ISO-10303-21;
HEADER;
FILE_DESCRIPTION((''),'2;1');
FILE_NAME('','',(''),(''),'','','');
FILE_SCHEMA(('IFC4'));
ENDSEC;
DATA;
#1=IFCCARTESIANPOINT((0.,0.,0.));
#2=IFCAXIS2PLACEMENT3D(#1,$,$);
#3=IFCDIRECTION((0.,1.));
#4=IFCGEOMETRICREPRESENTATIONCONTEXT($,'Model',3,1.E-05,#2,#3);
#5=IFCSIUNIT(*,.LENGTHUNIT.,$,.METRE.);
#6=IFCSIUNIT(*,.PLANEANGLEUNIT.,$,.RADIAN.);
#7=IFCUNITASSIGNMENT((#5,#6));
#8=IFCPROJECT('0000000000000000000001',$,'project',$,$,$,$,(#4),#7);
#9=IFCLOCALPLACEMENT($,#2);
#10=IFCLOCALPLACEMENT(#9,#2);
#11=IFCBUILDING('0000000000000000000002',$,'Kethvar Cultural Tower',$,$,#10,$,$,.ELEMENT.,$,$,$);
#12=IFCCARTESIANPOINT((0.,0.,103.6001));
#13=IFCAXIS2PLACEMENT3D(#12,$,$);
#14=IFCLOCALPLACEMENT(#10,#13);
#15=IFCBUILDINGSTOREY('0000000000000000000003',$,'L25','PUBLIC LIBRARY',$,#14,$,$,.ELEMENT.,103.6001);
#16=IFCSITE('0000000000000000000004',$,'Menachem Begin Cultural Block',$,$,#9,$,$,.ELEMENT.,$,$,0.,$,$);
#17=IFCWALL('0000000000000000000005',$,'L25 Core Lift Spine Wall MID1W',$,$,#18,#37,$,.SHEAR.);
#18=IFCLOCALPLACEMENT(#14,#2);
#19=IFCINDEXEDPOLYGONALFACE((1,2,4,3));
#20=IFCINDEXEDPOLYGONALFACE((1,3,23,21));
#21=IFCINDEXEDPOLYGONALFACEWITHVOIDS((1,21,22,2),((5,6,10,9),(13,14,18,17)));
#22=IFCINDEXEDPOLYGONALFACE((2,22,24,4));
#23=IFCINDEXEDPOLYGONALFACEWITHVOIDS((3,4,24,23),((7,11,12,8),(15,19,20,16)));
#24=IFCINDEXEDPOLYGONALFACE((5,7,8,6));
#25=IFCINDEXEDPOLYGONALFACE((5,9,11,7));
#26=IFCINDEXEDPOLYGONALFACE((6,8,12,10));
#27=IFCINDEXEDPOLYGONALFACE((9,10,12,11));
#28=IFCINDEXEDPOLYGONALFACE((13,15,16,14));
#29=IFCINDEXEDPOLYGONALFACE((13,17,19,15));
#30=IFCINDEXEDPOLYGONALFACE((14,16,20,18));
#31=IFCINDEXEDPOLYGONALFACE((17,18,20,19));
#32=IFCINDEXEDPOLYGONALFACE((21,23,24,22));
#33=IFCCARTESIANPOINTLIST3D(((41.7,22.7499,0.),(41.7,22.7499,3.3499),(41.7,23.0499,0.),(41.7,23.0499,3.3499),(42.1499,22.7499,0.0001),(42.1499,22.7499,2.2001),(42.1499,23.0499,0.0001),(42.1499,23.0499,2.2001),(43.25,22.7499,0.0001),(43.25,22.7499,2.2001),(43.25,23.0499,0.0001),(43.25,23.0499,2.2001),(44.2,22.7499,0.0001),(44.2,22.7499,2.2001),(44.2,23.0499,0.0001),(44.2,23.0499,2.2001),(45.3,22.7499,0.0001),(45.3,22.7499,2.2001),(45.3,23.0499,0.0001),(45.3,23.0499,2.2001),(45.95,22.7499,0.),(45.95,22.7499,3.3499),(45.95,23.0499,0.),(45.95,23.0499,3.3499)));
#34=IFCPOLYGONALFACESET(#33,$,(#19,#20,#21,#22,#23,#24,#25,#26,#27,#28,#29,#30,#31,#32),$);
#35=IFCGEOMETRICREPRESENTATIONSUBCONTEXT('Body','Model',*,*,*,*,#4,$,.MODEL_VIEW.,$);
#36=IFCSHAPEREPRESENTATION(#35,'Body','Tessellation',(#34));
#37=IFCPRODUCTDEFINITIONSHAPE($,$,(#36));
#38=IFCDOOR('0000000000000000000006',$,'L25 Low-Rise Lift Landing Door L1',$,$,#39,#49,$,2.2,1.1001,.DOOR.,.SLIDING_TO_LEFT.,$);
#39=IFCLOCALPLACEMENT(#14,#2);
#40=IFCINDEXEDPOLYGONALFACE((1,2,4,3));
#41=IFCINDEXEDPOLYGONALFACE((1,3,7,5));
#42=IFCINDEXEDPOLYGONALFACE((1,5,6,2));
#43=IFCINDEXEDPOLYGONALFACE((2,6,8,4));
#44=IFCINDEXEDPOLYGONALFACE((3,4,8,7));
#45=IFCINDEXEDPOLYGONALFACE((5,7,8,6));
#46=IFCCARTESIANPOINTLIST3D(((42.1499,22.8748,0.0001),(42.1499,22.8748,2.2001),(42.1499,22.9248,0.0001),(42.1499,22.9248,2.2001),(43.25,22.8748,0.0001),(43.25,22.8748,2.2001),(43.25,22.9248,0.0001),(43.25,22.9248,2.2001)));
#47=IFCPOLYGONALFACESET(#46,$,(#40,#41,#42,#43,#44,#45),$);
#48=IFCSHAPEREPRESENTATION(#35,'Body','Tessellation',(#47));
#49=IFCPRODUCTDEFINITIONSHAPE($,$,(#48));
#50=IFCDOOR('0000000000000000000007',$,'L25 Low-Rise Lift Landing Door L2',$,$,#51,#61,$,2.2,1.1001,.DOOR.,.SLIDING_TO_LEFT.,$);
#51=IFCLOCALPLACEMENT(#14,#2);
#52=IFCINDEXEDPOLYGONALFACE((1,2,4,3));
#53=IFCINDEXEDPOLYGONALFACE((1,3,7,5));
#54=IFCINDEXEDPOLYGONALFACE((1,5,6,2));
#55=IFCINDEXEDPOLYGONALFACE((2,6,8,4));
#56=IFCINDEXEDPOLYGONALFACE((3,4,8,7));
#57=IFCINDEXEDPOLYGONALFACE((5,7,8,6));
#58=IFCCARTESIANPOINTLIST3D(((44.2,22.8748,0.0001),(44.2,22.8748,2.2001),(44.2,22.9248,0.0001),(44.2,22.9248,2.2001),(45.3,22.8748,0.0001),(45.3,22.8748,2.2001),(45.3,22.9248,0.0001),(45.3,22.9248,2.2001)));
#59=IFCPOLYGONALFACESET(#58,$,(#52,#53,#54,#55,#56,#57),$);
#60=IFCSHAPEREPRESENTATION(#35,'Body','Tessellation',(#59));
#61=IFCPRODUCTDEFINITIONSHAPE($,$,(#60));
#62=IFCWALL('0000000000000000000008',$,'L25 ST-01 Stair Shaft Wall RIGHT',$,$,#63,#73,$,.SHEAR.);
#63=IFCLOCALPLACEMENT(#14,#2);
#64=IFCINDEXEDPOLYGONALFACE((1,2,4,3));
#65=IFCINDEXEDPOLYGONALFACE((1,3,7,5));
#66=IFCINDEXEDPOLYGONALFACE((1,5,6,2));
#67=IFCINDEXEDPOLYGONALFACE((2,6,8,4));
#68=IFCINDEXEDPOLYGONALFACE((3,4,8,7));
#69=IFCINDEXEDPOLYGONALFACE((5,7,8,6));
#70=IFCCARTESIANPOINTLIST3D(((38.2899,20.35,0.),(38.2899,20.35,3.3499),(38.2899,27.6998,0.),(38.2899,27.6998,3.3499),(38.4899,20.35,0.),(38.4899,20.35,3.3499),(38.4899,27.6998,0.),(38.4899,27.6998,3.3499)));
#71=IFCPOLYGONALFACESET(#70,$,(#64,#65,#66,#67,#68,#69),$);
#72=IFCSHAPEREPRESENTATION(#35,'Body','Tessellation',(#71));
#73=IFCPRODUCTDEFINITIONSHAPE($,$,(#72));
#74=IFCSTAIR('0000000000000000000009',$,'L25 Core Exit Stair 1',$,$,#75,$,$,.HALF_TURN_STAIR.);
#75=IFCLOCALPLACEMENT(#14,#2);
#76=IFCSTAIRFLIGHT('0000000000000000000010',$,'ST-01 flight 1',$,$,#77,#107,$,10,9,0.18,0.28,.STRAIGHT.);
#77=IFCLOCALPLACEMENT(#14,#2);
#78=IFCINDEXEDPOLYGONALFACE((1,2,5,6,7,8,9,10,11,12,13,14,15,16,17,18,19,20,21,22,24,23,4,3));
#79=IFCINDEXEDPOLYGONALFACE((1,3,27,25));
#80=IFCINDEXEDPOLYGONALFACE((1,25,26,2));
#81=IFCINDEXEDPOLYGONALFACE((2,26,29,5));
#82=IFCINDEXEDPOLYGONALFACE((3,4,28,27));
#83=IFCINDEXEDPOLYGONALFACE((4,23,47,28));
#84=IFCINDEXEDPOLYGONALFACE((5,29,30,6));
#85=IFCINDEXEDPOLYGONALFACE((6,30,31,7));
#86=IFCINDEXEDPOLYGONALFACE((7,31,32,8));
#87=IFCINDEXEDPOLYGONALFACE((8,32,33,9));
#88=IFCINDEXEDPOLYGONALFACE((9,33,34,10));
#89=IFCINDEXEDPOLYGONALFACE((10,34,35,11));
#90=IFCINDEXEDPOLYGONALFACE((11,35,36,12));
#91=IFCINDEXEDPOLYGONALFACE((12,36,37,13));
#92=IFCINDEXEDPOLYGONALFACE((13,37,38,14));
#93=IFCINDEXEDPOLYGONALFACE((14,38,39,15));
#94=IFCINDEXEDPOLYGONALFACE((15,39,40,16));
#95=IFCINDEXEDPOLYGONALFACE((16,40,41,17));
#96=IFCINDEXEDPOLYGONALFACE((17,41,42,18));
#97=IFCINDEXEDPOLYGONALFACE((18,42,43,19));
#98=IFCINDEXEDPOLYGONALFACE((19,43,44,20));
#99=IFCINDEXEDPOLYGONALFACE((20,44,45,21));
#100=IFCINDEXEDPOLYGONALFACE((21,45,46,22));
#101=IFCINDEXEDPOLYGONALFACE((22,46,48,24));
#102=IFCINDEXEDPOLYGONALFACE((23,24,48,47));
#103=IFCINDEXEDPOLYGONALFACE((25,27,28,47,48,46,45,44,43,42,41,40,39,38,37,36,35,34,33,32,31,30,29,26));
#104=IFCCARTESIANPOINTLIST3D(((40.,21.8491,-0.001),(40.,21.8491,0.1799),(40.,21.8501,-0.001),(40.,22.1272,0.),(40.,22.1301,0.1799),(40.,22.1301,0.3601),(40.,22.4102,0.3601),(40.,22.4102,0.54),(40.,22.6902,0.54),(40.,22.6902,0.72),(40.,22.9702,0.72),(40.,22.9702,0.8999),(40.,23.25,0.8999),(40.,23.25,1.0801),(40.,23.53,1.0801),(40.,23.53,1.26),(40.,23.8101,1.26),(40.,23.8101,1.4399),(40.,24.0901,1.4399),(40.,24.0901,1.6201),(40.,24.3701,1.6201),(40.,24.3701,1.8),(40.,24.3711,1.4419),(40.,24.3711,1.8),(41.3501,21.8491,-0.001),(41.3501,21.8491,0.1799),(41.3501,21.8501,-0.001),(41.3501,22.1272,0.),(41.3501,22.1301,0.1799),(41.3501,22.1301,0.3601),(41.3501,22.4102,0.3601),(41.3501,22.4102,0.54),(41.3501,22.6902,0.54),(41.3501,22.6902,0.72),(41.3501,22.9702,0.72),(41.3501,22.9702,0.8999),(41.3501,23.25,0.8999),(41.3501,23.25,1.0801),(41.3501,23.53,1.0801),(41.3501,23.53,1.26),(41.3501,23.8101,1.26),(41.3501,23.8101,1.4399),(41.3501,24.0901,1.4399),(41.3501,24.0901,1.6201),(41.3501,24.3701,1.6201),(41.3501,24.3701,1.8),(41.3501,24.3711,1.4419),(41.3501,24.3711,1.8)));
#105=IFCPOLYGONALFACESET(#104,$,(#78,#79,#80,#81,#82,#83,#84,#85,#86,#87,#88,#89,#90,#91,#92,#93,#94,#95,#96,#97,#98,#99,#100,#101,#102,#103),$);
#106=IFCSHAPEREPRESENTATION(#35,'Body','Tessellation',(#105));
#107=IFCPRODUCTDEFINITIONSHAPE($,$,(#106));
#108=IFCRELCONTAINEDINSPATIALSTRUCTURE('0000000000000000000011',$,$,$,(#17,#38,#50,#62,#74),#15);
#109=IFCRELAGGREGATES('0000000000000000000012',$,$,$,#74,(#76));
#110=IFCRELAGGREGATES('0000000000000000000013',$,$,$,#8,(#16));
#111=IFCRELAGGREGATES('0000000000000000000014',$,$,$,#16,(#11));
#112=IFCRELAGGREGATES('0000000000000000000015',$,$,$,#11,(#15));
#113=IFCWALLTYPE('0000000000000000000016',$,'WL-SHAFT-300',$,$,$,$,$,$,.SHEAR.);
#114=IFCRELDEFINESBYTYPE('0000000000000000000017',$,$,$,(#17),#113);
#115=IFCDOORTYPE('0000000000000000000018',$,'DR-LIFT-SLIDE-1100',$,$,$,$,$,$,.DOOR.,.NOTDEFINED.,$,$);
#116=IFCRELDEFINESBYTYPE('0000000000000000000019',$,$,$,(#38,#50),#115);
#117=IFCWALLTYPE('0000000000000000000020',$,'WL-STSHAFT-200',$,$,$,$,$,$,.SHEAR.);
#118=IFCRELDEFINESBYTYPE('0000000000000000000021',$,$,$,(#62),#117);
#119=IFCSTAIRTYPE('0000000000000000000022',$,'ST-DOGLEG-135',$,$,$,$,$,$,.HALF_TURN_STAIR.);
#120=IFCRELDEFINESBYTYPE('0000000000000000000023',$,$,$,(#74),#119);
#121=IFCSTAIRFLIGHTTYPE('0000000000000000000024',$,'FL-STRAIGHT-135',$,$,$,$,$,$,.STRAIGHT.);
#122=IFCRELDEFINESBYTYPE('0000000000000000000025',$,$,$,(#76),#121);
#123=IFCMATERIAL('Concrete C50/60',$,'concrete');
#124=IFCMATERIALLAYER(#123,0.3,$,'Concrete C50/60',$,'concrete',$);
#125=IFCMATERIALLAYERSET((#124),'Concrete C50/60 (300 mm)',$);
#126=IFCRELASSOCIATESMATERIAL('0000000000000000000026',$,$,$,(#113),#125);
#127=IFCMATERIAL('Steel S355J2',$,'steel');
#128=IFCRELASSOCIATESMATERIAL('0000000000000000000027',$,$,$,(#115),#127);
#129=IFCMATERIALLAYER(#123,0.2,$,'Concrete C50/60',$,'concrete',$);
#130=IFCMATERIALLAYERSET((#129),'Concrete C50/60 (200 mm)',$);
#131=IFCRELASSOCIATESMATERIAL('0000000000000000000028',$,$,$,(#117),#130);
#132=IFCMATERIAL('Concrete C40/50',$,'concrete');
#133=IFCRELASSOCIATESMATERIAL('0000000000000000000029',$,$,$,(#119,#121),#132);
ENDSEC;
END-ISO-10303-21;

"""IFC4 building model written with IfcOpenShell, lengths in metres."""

from ifc_helpers import new_model, si_unit, direction, frame, frame_2d, origin, place, context, subcontext, project, spatial, polyline, rectangle, outline, extrude, source, transform, mapped, material, layer, layer_set, type_object, element, fill, aggregate, save


model = new_model("IFC4")

# Units and contexts
model_context = context("Model", 3, precision=1e-05, world=origin(), true_north=direction((0.0, 1.0)))
body_context = subcontext(model_context, "Body", "Model", "MODEL_VIEW")
ifc_project = project(units=[si_unit("LENGTHUNIT", "METRE"), si_unit("PLANEANGLEUNIT", "RADIAN")], contexts=[model_context])

# Site, building, storey
site_placement = place(None, origin())
site = spatial("IfcSite", under=ifc_project, at=site_placement, Name="Menachem Begin Cultural Block", CompositionType="ELEMENT", RefElevation=0.0)
building_placement = place(site_placement, origin())
building = spatial("IfcBuilding", under=site, at=building_placement, Name="Kethvar Cultural Tower", CompositionType="ELEMENT")
storey_placement = place(building_placement, frame((0.0, 0.0, 103.6001)))
storey = spatial("IfcBuildingStorey", under=building, at=storey_placement, Name="L25", Description="PUBLIC LIBRARY", CompositionType="ELEMENT", Elevation=103.6001)

# Shared definitions
ifc_material_1 = material(Name="Steel S355J2", Category="steel")

# Wall, openings, doors
ifc_material_2 = material(Name="Concrete C50/60", Category="concrete")
ifc_layer_1 = layer(ifc_material_2, 0.3, Name="Concrete C50/60", Category="concrete")
ifc_layer_set_1 = layer_set([ifc_layer_1], Name="Concrete C50/60 (300 mm)")
wall_type_1 = type_object("IfcWallType", Name="WL-SHAFT-300", PredefinedType="SHEAR", material=ifc_layer_set_1)
wall_1_placement = place(storey_placement, frame((41.7, 22.8999, 0.0), z_axis=(0.0, 0.0, 1.0), x_axis=(1.0, 0.0, 0.0)))
wall_1 = element("IfcWall", 1, at=wall_1_placement, inside=storey, type_object=wall_type_1, Name="L25 Core Lift Spine Wall MID1W", PredefinedType="SHEAR", context=body_context, shape_type="SweptSolid", body=[
    extrude(rectangle(XDim=4.25, YDim=0.3, at=frame_2d((2.125, 0.0))), origin(), (0.0, 0.0, 1.0), 3.3499),
])
opening_1_placement = place(wall_1_placement, frame((0.45, 0.0, 0.0)))
opening_1 = element("IfcOpeningElement", 2, at=opening_1_placement, cuts=wall_1, PredefinedType="OPENING", context=body_context, shape_type="SweptSolid", body=[
    extrude(rectangle(XDim=1.1001, YDim=2.2, at=frame_2d((0.55, 1.1001))), frame((0.0, 0.1599, 0.0), z_axis=(0.0, -1.0, 0.0), x_axis=(1.0, 0.0, 0.0)), (0.0, 0.0, 1.0), 0.3201),
])
opening_2_placement = place(wall_1_placement, frame((2.5, 0.0, 0.0)))
opening_2 = element("IfcOpeningElement", 3, at=opening_2_placement, cuts=wall_1, PredefinedType="OPENING", context=body_context, shape_type="SweptSolid", body=[
    extrude(rectangle(XDim=1.1001, YDim=2.2, at=frame_2d((0.55, 1.1001))), frame((0.0, 0.1599, 0.0), z_axis=(0.0, -1.0, 0.0), x_axis=(1.0, 0.0, 0.0)), (0.0, 0.0, 1.0), 0.3201),
])
door_type_1 = type_object("IfcDoorType", Name="DR-LIFT-SLIDE-1100", OperationType="NOTDEFINED", PredefinedType="DOOR", material=ifc_material_1)
shared_shape_1 = source(origin(), body_context, "Body", "SweptSolid", [
    extrude(rectangle(XDim=1.1001, YDim=2.2, at=frame_2d((0.55, 1.1001))), frame((0.0, 0.0249, 0.0), z_axis=(0.0, -1.0, 0.0), x_axis=(1.0, 0.0, 0.0)), (0.0, 0.0, 1.0), 0.05),
])
door_1_placement = place(opening_1_placement, origin())
door_1 = element("IfcDoor", 4, at=door_1_placement, inside=storey, type_object=door_type_1, Name="L25 Low-Rise Lift Landing Door L1", OperationType="SLIDING_TO_LEFT", OverallHeight=2.2, OverallWidth=1.1001, PredefinedType="DOOR", context=body_context, shape_type="MappedRepresentation", body=[
    mapped(shared_shape_1, transform((0.0, 0.0, 0.0), scale=1.0)),
])
fill(opening_1, door_1)
door_2_placement = place(opening_2_placement, origin())
door_2 = element("IfcDoor", 5, at=door_2_placement, inside=storey, type_object=door_type_1, Name="L25 Low-Rise Lift Landing Door L2", OperationType="SLIDING_TO_LEFT", OverallHeight=2.2, OverallWidth=1.1001, PredefinedType="DOOR", context=body_context, shape_type="MappedRepresentation", body=[
    mapped(shared_shape_1, transform((0.0, 0.0, 0.0), scale=1.0)),
])
fill(opening_2, door_2)

# Wall
ifc_layer_2 = layer(ifc_material_2, 0.2, Name="Concrete C50/60", Category="concrete")
ifc_layer_set_2 = layer_set([ifc_layer_2], Name="Concrete C50/60 (200 mm)")
wall_type_2 = type_object("IfcWallType", Name="WL-STSHAFT-200", PredefinedType="SHEAR", material=ifc_layer_set_2)
wall_2_placement = place(storey_placement, frame((38.3899, 20.3501, 0.0), z_axis=(0.0, 0.0, 1.0), x_axis=(0.0, 1.0, 0.0)))
element("IfcWall", 6, at=wall_2_placement, inside=storey, type_object=wall_type_2, Name="L25 ST-01 Stair Shaft Wall RIGHT", PredefinedType="SHEAR", context=body_context, shape_type="SweptSolid", body=[
    extrude(rectangle(XDim=7.3499, YDim=0.2, at=frame_2d((3.6748, 0.0))), origin(), (0.0, 0.0, 1.0), 3.3499),
])

# Stair, stair flight
ifc_material_3 = material(Name="Concrete C40/50", Category="concrete")
stair_type = type_object("IfcStairType", Name="ST-DOGLEG-135", PredefinedType="HALF_TURN_STAIR", material=ifc_material_3)
stair_placement = place(storey_placement, origin())
stair = element("IfcStair", 7, at=stair_placement, inside=storey, type_object=stair_type, Name="L25 Core Exit Stair 1", PredefinedType="HALF_TURN_STAIR")
stair_flight_type = type_object("IfcStairFlightType", Name="FL-STRAIGHT-135", PredefinedType="STRAIGHT", material=ifc_material_3)
stair_flight_placement = place(storey_placement, frame((40.675, 21.8501, 0.0), z_axis=(0.0, 0.0, 1.0), x_axis=(0.0, 1.0, 0.0)))
stair_flight = element("IfcStairFlight", 8, at=stair_flight_placement, type_object=stair_flight_type, Name="ST-01 flight 1", NumberOfRisers=10, NumberOfTreads=9, PredefinedType="STRAIGHT", RiserHeight=0.18, TreadLength=0.28, context=body_context, shape_type="SweptSolid", body=[
    extrude(outline(polyline([(-0.001, -0.001), (-0.001, 0.1799), (0.28, 0.1799), (0.28, 0.3601), (0.5601, 0.3601), (0.5601, 0.54), (0.8401, 0.54), (0.8401, 0.72), (1.1201, 0.72), (1.1201, 0.8999), (1.3999, 0.8999), (1.3999, 1.0801), (1.6799, 1.0801), (1.6799, 1.26), (1.96, 1.26), (1.96, 1.4399), (2.24, 1.4399), (2.24, 1.6201), (2.52, 1.6201), (2.52, 1.8), (2.521, 1.8), (2.521, 1.4419), (0.2771, 0.0), (0.0, -0.001), (-0.001, -0.001)])), frame((0.0, 0.675, 0.0), z_axis=(0.0, -1.0, 0.0), x_axis=(1.0, 0.0, 0.0)), (0.0, 0.0, 1.0), 1.3501),
])
aggregate(stair, [stair_flight])

save(model, "model.ifc")
